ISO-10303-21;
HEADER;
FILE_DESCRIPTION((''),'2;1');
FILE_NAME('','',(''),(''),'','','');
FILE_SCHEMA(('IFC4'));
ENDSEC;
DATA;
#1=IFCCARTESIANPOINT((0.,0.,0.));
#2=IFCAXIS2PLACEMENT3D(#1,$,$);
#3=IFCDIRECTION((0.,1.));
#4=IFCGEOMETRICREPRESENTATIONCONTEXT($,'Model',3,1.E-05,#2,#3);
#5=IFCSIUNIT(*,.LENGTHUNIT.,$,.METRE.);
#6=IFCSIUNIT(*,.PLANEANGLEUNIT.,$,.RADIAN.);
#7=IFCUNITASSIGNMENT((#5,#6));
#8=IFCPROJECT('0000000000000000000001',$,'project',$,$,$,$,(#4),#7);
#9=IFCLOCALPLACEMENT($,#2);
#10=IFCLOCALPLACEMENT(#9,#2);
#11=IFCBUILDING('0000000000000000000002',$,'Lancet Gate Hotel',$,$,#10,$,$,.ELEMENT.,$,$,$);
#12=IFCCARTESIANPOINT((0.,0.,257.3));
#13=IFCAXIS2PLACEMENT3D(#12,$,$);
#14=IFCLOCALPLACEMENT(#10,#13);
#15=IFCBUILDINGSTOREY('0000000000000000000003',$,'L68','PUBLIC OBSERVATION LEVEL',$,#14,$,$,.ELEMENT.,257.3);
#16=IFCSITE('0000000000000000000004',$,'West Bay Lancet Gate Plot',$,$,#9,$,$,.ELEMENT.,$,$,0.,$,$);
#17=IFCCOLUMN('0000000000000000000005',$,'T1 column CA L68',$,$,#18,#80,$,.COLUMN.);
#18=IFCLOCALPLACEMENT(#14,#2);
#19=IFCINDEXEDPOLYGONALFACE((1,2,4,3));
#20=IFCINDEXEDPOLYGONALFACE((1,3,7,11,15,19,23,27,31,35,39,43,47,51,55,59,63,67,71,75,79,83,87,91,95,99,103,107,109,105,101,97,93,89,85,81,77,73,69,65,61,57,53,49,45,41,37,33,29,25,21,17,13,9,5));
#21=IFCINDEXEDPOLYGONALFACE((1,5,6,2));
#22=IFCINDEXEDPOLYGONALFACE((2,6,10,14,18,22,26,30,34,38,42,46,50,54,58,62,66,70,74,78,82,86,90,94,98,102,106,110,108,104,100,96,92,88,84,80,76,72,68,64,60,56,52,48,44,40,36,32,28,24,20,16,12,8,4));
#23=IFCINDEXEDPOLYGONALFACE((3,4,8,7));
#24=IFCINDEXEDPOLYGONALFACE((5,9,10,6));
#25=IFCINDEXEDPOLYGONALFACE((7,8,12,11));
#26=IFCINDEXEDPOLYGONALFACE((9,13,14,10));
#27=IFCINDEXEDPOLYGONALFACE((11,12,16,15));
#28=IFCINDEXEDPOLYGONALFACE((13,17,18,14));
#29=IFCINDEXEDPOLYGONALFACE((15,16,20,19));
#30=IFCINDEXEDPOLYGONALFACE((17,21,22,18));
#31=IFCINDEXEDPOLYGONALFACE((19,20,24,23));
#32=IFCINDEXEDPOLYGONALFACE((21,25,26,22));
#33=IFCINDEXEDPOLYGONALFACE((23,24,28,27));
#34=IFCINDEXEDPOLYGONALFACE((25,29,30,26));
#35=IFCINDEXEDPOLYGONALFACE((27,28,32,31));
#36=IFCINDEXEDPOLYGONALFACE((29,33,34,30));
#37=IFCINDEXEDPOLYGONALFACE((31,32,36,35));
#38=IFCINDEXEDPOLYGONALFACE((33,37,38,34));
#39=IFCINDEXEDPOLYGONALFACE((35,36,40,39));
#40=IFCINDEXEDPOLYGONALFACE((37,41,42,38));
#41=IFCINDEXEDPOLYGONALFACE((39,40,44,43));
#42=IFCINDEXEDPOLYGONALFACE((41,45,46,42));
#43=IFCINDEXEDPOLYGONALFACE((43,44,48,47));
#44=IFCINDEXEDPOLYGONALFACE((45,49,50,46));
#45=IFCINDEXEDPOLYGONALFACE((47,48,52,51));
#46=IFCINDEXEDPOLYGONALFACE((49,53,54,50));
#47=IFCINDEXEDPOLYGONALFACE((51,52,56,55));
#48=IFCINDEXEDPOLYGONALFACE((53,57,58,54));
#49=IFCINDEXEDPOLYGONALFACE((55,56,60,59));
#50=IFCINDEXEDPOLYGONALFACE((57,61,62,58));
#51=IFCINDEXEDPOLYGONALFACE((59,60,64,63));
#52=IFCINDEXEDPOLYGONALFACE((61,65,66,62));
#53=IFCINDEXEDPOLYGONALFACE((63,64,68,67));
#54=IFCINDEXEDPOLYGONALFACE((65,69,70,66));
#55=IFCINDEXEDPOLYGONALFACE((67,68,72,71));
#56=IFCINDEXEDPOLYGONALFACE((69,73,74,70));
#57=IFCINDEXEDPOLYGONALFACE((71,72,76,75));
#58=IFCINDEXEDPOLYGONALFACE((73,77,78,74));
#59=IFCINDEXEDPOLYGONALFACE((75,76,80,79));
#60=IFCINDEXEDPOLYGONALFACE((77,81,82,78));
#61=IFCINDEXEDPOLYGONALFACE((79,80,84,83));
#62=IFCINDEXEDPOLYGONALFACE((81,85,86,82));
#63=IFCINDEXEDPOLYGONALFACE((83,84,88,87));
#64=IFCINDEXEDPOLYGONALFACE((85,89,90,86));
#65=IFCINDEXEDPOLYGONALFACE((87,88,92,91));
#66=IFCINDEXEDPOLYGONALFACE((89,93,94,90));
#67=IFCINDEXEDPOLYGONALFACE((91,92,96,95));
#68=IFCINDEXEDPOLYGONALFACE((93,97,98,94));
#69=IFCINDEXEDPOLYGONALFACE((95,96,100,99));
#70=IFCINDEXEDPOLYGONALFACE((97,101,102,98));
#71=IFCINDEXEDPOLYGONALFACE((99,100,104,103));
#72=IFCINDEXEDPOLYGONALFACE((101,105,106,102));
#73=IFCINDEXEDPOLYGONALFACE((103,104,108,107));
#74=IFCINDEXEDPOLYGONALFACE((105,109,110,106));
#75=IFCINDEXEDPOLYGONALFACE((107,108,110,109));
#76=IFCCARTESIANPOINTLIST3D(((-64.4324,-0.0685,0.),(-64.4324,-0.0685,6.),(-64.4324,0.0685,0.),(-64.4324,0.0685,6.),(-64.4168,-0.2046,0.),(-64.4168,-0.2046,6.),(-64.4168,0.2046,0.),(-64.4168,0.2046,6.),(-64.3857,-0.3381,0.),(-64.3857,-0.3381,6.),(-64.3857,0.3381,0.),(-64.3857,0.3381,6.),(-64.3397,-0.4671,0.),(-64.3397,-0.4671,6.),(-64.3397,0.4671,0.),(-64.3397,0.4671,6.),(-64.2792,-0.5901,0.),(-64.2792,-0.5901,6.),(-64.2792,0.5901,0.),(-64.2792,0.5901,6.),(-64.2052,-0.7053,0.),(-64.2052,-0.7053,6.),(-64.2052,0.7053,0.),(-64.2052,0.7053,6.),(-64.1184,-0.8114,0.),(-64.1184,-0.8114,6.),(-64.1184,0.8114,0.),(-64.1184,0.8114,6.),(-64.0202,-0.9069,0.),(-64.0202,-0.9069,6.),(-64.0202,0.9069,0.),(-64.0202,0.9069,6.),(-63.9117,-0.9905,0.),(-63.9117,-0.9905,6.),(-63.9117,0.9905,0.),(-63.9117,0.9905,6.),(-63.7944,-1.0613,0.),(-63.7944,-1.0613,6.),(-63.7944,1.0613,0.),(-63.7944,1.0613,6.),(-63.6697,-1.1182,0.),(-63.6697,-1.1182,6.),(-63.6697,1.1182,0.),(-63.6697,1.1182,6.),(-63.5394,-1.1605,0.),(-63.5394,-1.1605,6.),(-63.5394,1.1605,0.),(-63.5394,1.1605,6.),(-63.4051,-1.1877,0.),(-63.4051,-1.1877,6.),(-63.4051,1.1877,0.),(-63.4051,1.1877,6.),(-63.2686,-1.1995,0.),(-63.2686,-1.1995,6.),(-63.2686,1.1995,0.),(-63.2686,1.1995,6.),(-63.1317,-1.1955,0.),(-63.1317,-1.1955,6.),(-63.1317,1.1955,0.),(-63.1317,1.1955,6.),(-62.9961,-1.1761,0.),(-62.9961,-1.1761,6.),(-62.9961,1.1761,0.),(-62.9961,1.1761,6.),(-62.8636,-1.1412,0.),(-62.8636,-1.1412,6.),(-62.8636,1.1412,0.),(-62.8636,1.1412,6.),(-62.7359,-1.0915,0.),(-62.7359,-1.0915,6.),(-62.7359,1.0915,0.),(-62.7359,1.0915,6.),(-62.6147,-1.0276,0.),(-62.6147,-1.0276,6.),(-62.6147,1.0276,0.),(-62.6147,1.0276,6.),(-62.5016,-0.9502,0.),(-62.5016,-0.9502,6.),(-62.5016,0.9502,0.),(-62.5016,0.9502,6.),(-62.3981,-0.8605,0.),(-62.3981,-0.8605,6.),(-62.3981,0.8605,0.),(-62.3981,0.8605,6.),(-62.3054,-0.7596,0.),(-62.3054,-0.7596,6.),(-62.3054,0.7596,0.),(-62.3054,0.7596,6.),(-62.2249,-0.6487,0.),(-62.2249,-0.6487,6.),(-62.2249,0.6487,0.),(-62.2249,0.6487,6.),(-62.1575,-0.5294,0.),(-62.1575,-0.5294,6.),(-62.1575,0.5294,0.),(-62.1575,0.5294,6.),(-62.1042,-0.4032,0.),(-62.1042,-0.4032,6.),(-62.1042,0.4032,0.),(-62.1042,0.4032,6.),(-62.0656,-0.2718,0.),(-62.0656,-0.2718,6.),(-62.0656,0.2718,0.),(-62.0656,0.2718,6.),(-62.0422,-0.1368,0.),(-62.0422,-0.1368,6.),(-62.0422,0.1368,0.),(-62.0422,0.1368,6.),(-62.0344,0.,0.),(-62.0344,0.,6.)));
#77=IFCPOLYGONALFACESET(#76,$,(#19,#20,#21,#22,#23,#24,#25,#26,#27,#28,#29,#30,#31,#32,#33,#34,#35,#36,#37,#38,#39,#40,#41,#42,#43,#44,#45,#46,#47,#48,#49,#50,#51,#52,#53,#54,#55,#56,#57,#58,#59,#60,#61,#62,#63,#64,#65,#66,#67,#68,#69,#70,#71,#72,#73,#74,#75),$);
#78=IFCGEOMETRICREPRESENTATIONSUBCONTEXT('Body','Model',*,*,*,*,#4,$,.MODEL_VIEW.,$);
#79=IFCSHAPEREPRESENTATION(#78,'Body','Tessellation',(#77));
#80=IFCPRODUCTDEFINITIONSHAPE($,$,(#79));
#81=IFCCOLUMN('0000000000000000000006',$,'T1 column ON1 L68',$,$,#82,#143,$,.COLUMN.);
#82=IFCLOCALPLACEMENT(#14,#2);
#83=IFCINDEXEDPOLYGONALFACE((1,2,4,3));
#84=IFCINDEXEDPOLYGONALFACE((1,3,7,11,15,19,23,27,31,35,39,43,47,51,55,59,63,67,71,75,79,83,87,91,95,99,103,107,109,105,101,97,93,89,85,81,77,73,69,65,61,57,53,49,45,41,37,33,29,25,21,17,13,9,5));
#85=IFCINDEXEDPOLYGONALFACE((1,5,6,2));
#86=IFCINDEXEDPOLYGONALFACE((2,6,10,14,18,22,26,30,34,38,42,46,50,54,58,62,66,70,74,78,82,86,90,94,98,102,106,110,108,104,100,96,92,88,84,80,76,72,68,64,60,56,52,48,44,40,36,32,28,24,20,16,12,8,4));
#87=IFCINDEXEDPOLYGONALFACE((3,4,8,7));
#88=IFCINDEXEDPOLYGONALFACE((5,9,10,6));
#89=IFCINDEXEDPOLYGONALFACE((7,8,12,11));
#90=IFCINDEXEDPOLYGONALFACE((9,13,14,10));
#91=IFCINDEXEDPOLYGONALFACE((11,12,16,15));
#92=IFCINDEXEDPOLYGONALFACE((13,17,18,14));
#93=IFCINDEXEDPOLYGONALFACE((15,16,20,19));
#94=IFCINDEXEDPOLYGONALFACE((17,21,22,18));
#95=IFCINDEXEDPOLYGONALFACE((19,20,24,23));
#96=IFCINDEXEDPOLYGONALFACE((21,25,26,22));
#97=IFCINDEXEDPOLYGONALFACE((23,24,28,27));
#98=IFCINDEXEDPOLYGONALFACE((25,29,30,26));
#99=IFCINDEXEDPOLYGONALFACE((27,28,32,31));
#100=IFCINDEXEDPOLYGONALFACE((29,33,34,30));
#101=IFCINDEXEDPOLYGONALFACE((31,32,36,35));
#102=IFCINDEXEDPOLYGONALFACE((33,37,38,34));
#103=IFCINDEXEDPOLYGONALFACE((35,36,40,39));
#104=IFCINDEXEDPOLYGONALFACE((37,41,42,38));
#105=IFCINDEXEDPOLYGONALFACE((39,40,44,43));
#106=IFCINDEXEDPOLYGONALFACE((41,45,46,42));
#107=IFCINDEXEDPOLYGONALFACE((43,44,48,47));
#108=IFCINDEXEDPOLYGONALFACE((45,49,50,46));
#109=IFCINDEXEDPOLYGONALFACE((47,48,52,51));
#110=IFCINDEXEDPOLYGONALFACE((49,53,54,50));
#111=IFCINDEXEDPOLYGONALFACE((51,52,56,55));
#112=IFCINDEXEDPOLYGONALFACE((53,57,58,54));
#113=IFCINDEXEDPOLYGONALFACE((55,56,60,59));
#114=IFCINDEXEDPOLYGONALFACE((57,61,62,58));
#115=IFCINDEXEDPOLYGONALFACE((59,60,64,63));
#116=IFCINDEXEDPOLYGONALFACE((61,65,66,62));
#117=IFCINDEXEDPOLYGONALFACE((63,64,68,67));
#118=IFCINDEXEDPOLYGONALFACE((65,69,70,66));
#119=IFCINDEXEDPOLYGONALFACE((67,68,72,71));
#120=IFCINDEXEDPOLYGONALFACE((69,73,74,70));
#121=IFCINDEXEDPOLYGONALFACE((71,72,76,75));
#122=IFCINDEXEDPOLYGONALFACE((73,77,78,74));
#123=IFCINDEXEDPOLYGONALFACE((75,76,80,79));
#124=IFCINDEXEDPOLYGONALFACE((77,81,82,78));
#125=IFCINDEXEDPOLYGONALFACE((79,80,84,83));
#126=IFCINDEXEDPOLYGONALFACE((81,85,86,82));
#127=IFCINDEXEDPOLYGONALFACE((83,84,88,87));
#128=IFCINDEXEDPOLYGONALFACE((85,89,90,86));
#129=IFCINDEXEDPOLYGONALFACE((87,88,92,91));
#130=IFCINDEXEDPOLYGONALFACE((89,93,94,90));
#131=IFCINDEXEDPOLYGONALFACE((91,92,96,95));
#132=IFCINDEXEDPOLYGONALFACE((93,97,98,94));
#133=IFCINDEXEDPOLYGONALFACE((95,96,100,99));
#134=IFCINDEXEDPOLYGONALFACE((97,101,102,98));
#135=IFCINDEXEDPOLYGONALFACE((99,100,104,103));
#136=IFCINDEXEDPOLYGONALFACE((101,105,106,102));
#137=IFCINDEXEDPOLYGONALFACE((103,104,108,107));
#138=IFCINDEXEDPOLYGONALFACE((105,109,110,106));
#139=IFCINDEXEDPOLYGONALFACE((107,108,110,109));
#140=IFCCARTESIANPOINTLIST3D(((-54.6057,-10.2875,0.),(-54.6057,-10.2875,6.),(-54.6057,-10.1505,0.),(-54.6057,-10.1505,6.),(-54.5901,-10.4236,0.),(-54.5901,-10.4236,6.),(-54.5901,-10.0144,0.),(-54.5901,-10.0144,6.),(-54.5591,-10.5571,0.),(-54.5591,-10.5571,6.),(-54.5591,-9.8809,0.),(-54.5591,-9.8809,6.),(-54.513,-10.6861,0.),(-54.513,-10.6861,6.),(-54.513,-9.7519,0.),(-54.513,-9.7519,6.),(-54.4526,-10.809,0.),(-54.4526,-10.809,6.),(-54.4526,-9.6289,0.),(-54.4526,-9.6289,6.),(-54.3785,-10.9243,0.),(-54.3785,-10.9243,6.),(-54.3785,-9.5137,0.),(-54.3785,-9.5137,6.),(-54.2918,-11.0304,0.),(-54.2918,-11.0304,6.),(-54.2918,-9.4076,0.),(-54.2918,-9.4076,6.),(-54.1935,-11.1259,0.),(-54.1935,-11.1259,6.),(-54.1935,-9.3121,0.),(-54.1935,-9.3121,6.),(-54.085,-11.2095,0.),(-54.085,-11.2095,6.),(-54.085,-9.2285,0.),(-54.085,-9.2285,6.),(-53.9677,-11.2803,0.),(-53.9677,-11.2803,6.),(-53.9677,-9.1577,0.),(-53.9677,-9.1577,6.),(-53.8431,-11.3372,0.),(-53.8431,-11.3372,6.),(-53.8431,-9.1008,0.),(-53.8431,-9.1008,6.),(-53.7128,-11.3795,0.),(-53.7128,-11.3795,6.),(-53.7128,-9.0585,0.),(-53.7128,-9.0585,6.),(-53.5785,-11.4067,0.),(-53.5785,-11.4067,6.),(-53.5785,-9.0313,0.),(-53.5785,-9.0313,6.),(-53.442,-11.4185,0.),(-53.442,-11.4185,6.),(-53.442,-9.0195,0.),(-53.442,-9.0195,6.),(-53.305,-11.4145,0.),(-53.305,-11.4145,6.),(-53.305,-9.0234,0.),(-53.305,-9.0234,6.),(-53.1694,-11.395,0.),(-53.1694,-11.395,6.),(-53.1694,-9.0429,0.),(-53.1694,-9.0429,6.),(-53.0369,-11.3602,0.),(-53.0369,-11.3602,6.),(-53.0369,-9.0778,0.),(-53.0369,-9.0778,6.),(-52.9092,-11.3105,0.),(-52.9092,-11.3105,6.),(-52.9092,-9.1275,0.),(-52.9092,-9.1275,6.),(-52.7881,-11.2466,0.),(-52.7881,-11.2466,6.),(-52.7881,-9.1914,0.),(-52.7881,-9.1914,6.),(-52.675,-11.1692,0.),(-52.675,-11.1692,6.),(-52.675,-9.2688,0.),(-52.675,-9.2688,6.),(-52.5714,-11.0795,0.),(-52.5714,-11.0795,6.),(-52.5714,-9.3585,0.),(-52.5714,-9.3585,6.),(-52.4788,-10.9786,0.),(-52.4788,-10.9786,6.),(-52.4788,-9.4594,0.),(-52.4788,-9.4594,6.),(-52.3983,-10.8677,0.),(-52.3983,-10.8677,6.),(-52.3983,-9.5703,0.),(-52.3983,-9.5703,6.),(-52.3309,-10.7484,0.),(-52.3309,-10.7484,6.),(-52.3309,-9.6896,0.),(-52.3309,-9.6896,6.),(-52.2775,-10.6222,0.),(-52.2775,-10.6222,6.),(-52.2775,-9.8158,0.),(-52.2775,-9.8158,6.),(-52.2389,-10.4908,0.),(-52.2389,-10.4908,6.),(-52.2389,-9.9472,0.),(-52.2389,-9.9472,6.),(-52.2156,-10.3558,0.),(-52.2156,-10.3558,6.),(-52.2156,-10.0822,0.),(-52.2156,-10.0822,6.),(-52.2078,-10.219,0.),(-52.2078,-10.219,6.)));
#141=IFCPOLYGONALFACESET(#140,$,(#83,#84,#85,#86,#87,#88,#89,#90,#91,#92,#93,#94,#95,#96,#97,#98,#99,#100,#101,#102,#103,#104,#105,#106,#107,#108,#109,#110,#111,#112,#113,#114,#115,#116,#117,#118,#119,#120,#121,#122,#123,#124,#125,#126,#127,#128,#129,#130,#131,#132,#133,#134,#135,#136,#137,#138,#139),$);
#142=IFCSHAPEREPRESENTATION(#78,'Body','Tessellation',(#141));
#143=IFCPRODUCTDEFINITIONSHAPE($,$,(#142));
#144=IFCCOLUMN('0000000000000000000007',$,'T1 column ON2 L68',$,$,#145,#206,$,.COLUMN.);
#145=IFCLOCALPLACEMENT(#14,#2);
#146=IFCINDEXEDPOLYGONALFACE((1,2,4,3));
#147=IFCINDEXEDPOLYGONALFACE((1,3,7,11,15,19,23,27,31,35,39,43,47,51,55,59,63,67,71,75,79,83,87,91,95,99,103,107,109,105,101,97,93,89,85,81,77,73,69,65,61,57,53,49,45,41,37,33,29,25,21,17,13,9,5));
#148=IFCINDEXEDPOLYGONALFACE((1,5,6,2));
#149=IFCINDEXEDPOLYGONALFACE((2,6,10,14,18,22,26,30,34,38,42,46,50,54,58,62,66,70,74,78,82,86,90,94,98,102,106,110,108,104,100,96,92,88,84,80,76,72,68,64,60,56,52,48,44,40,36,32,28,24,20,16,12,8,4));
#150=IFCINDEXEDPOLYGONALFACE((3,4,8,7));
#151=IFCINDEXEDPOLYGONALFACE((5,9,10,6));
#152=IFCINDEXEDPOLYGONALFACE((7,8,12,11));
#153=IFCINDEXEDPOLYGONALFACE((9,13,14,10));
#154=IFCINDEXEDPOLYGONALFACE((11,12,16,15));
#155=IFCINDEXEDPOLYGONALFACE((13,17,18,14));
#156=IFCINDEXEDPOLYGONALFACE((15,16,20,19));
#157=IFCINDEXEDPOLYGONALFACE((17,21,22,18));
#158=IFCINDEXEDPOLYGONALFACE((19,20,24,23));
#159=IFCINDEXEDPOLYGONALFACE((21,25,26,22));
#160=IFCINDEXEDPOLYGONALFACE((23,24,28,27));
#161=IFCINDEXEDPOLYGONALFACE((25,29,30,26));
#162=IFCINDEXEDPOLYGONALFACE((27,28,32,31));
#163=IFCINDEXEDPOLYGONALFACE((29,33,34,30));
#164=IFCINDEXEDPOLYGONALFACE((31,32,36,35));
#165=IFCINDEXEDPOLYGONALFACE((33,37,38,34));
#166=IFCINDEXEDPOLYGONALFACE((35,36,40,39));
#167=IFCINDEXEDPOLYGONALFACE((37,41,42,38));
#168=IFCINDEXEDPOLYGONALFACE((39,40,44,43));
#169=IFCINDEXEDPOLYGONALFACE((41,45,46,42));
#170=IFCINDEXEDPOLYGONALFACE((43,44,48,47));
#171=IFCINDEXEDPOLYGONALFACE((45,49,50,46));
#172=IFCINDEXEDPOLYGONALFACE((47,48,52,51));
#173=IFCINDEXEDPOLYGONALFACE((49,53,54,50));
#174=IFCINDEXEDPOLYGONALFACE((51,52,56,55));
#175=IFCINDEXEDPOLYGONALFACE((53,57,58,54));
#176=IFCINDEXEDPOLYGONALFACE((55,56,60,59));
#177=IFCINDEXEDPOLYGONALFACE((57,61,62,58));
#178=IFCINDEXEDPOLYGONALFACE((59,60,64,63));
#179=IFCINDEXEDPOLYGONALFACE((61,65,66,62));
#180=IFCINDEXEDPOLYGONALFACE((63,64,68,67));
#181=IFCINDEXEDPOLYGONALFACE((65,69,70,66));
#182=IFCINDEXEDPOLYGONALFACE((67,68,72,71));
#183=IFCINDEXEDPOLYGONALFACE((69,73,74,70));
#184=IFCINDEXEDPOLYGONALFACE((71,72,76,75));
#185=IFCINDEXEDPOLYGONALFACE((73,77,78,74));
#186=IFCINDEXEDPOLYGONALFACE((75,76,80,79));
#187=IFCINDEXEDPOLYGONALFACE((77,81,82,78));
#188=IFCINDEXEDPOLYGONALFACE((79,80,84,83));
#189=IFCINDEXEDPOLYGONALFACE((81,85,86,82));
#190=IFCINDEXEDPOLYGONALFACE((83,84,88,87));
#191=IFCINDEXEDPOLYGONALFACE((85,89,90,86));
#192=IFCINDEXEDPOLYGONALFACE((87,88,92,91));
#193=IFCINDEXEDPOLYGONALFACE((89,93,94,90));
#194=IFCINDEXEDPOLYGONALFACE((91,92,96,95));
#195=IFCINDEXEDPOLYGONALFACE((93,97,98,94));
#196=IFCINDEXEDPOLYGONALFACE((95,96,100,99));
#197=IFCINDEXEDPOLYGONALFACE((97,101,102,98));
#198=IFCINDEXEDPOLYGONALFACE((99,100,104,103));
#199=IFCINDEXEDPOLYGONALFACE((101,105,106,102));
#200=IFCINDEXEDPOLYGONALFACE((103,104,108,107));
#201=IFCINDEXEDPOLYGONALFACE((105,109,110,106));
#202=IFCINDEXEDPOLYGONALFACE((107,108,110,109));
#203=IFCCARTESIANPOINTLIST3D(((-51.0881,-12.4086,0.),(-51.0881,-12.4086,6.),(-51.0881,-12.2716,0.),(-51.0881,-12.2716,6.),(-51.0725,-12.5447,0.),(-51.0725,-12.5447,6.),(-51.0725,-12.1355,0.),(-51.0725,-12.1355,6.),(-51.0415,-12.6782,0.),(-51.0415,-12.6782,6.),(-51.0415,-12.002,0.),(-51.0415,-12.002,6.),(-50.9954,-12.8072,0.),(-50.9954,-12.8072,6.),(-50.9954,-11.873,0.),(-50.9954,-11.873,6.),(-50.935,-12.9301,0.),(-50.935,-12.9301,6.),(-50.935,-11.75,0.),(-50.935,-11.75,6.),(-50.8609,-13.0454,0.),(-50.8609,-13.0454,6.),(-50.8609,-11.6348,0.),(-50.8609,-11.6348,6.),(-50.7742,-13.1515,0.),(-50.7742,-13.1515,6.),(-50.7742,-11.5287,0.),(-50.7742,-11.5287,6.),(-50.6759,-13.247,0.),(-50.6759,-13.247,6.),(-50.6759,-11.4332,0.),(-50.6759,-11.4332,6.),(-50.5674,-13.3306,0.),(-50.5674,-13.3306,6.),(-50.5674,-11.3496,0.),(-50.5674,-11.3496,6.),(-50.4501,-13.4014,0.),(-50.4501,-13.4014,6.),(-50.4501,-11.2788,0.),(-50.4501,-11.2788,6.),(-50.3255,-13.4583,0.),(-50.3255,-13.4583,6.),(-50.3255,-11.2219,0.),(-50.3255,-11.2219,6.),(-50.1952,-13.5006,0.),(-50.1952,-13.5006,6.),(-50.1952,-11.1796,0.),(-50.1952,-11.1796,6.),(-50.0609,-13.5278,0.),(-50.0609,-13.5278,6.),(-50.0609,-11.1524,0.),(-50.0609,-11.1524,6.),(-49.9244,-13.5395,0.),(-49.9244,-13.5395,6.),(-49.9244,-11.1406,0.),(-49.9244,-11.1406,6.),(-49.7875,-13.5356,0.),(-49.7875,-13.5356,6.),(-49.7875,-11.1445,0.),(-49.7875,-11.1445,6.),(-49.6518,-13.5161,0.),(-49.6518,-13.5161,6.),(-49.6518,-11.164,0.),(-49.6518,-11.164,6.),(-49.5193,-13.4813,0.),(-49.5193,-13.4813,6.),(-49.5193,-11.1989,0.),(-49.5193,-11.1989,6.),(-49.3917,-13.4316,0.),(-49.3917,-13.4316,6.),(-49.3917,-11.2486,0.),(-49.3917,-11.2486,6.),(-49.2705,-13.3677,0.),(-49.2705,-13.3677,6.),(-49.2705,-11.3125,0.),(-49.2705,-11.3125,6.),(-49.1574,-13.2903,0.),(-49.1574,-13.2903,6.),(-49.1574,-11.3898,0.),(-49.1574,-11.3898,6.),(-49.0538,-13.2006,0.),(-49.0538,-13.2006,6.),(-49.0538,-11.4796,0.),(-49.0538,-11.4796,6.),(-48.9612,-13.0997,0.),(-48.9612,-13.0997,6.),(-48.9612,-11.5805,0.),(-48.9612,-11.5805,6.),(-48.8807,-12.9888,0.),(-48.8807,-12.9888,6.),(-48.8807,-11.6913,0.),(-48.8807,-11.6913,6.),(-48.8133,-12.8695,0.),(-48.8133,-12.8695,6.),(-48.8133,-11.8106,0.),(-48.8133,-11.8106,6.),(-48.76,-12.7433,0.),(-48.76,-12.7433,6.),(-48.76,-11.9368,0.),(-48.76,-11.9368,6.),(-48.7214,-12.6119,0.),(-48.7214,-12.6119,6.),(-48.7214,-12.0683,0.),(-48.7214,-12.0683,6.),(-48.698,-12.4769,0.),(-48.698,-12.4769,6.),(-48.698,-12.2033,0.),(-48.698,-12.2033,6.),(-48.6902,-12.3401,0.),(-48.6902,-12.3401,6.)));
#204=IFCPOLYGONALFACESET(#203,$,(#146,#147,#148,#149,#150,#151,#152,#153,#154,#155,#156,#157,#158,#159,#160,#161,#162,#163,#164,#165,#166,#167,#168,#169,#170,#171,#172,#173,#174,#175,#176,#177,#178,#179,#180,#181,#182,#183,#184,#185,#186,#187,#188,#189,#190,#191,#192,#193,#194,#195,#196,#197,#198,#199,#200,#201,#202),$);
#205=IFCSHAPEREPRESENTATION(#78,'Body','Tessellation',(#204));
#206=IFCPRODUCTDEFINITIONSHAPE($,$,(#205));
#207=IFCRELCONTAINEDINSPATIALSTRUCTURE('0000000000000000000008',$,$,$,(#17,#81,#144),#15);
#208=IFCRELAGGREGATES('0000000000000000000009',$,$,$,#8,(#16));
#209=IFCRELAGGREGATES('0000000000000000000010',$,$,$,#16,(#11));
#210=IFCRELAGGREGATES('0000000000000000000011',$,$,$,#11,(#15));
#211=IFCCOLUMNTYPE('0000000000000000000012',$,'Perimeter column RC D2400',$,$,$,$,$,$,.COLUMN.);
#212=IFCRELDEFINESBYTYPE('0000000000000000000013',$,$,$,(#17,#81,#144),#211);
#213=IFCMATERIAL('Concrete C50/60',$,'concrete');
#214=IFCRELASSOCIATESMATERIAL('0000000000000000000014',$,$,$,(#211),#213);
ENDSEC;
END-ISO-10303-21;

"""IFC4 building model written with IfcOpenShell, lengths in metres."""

from ifc_helpers import new_model, si_unit, direction, frame, origin, origin_2d, place, context, subcontext, project, spatial, circle, extrude, material, material_profile, profile_set, type_object, element, save


model = new_model("IFC4")

# Units and contexts
model_context = context("Model", 3, precision=1e-05, world=origin(), true_north=direction((0.0, 1.0)))
body_context = subcontext(model_context, "Body", "Model", "MODEL_VIEW")
ifc_project = project(units=[si_unit("LENGTHUNIT", "METRE"), si_unit("PLANEANGLEUNIT", "RADIAN")], contexts=[model_context])

# Site, building, storey
site_placement = place(None, origin())
site = spatial("IfcSite", under=ifc_project, at=site_placement, Name="West Bay Lancet Gate Plot", CompositionType="ELEMENT", RefElevation=0.0)
building_placement = place(site_placement, origin())
building = spatial("IfcBuilding", under=site, at=building_placement, Name="Lancet Gate Hotel", CompositionType="ELEMENT")
storey_placement = place(building_placement, frame((0.0, 0.0, 257.3)))
storey = spatial("IfcBuildingStorey", under=building, at=storey_placement, Name="L68", Description="PUBLIC OBSERVATION LEVEL", CompositionType="ELEMENT", Elevation=257.3)

# Columns
ifc_material_1 = material(Name="Concrete C50/60", Category="concrete")
ifc_material_profile_1 = material_profile(ifc_material_1, circle(Radius=1.2, at=origin_2d()), Name="RC D2400")
ifc_profile_set_1 = profile_set([ifc_material_profile_1], Name="Concrete C50/60")
column_type = type_object("IfcColumnType", Name="Perimeter column RC D2400", PredefinedType="COLUMN", material=ifc_profile_set_1)
for number, where, z_axis, x_axis, name in (
    (1, (-63.2344, 0.0, 0.0), (0.0, 0.0, 1.0), (1.0, 0.0, 0.0), "T1 column CA L68"),
    (2, (-53.4077, -10.219, 0.0), (0.0, 0.0, 1.0), (1.0, 0.0, 0.0), "T1 column ON1 L68"),
    (3, (-49.8901, -12.3401, 0.0), (0.0, 0.0, 1.0), (1.0, 0.0, 0.0), "T1 column ON2 L68"),
):
    element("IfcColumn", number, at=place(storey_placement, frame(where, z_axis=z_axis, x_axis=x_axis)), inside=storey, type_object=column_type, Name=name, PredefinedType="COLUMN", context=body_context, shape_type="SweptSolid", body=[
        extrude(circle(Radius=1.2, at=origin_2d()), origin(), (0.0, 0.0, 1.0), 6.0),
    ])

save(model, "model.ifc")
